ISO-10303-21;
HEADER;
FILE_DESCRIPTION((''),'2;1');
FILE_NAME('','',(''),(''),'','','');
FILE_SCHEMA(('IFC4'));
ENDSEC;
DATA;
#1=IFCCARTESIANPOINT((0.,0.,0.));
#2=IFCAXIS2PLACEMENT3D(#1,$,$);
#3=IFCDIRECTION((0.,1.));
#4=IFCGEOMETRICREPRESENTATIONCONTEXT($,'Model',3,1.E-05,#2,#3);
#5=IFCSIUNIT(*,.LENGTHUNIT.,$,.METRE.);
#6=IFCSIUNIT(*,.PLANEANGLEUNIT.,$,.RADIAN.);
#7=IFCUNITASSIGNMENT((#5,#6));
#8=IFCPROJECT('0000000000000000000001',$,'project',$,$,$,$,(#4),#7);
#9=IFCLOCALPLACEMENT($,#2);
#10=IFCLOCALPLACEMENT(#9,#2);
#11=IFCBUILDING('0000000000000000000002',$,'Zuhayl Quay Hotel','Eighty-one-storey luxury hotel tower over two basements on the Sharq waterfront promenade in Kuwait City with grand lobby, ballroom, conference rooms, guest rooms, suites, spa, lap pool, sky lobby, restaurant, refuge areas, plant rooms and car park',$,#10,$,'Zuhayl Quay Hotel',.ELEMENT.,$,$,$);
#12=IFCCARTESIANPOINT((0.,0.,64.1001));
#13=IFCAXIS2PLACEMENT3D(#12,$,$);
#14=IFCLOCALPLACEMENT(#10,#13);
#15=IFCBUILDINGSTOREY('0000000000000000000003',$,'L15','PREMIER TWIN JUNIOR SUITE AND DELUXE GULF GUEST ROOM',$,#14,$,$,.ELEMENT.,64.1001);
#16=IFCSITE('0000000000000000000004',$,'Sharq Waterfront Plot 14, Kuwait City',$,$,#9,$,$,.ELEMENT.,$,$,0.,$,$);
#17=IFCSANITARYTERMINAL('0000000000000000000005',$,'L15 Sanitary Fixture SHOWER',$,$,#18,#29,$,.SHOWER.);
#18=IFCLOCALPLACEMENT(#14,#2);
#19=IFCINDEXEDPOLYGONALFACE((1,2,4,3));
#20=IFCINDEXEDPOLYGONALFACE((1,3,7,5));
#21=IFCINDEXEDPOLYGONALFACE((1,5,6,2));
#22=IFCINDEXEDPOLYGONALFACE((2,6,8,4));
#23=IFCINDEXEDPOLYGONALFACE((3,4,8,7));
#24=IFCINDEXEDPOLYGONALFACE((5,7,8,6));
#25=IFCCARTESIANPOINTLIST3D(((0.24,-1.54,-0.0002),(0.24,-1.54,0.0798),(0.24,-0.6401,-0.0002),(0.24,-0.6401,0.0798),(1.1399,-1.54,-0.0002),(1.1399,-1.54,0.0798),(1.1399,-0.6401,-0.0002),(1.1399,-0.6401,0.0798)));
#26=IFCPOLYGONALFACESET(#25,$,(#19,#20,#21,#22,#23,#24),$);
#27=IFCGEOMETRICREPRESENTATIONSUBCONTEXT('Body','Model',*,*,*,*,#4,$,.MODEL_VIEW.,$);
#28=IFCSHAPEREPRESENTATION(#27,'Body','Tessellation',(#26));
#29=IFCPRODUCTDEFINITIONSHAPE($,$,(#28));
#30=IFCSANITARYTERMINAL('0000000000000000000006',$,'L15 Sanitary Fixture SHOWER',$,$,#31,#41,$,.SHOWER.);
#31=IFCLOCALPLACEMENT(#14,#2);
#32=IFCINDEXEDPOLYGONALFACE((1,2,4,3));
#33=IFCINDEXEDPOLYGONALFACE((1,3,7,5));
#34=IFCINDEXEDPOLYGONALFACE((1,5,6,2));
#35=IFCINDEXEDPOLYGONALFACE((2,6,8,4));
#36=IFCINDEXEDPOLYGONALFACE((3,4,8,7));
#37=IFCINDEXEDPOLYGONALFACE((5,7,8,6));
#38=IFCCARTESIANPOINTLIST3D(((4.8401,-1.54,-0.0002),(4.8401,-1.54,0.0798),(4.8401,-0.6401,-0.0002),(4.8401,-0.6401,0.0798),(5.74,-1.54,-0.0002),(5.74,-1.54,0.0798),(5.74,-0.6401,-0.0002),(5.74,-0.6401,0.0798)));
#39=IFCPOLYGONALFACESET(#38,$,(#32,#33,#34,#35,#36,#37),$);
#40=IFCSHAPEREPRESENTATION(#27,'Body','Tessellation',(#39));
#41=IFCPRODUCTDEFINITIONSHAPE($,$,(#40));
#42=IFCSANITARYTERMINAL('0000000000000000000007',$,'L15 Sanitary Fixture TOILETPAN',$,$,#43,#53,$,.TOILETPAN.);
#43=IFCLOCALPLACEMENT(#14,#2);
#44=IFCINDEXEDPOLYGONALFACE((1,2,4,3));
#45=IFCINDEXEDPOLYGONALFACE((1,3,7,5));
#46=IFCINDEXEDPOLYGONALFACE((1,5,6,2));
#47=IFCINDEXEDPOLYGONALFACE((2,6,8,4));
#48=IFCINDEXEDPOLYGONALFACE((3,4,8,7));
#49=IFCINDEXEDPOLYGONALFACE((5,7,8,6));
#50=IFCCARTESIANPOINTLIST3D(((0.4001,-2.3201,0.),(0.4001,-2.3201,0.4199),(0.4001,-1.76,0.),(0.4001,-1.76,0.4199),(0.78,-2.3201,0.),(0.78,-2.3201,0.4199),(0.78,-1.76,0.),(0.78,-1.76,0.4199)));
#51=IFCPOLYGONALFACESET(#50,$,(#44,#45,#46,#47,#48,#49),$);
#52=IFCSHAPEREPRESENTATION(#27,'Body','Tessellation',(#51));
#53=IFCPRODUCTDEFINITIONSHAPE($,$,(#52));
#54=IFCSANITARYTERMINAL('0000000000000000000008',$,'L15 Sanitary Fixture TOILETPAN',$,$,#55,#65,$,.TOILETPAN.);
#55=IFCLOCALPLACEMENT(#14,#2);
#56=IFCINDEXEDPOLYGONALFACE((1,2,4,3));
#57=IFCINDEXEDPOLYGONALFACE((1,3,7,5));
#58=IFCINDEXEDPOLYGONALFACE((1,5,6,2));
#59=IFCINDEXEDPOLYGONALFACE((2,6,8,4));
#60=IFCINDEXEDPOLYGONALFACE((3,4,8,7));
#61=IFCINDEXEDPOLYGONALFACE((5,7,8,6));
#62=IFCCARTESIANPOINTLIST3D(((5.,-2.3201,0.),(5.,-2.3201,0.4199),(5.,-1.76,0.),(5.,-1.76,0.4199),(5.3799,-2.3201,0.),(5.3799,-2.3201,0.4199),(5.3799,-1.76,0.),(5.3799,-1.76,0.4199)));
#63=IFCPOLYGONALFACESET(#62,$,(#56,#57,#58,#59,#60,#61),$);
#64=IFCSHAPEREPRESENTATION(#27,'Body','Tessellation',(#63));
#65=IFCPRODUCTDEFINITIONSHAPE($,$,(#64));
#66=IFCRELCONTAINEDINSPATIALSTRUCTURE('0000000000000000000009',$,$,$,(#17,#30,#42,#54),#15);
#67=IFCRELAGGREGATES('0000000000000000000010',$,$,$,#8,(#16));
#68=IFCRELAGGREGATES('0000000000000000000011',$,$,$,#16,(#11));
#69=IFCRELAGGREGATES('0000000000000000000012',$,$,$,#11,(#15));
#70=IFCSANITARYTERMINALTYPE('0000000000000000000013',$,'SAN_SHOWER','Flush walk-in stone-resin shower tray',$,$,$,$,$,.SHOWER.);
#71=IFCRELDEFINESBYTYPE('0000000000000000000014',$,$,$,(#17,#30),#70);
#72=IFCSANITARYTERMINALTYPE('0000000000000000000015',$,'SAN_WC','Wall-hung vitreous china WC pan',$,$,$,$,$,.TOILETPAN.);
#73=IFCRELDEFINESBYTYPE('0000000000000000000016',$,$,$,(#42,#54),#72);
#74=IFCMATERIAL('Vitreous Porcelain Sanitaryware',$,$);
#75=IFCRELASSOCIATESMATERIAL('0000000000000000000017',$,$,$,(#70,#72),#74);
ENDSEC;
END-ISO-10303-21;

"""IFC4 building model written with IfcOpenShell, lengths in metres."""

from ifc_helpers import new_model, si_unit, direction, frame, origin, origin_2d, place, context, subcontext, project, spatial, rectangle, extrude, material, type_object, element, save


model = new_model("IFC4")

# Units and contexts
model_context = context("Model", 3, precision=1e-05, world=origin(), true_north=direction((0.0, 1.0)))
body_context = subcontext(model_context, "Body", "Model", "MODEL_VIEW")
ifc_project = project(units=[si_unit("LENGTHUNIT", "METRE"), si_unit("PLANEANGLEUNIT", "RADIAN")], contexts=[model_context])

# Site, building, storey
site_placement = place(None, origin())
site = spatial("IfcSite", under=ifc_project, at=site_placement, Name="Sharq Waterfront Plot 14, Kuwait City", CompositionType="ELEMENT", RefElevation=0.0)
building_placement = place(site_placement, origin())
building = spatial("IfcBuilding", under=site, at=building_placement, Name="Zuhayl Quay Hotel", Description="Eighty-one-storey luxury hotel tower over two basements on the Sharq waterfront promenade in Kuwait City with grand lobby, ballroom, conference rooms, guest rooms, suites, spa, lap pool, sky lobby, restaurant, refuge areas, plant rooms and car park", LongName="Zuhayl Quay Hotel", CompositionType="ELEMENT")
storey_placement = place(building_placement, frame((0.0, 0.0, 64.1001)))
storey = spatial("IfcBuildingStorey", under=building, at=storey_placement, Name="L15", Description="PREMIER TWIN JUNIOR SUITE AND DELUXE GULF GUEST ROOM", CompositionType="ELEMENT", Elevation=64.1001)

# Sanitary terminals
ifc_material_1 = material(Name="Vitreous Porcelain Sanitaryware")
sanitary_terminal_type_1 = type_object("IfcSanitaryTerminalType", Name="SAN_SHOWER", Description="Flush walk-in stone-resin shower tray", PredefinedType="SHOWER", material=ifc_material_1)
for number, where, z_axis, x_axis, name in (
    (1, (0.6899, -1.0901, -0.0002), (0.0, 0.0, 1.0), (1.0, 0.0, 0.0), "L15 Sanitary Fixture SHOWER"),
    (2, (5.29, -1.0901, -0.0002), (0.0, 0.0, 1.0), (1.0, 0.0, 0.0), "L15 Sanitary Fixture SHOWER"),
):
    element("IfcSanitaryTerminal", number, at=place(storey_placement, frame(where, z_axis=z_axis, x_axis=x_axis)), inside=storey, type_object=sanitary_terminal_type_1, Name=name, PredefinedType="SHOWER", context=body_context, shape_type="SweptSolid", body=[
        extrude(rectangle(XDim=0.8999, YDim=0.8999, at=origin_2d()), origin(), (0.0, 0.0, 1.0), 0.0801),
    ])
sanitary_terminal_type_2 = type_object("IfcSanitaryTerminalType", Name="SAN_WC", Description="Wall-hung vitreous china WC pan", PredefinedType="TOILETPAN", material=ifc_material_1)
for number, where, z_axis, x_axis, name in (
    (3, (0.5901, -2.04, 0.0), (0.0, 0.0, 1.0), (1.0, 0.0, 0.0), "L15 Sanitary Fixture TOILETPAN"),
    (4, (5.1899, -2.04, 0.0), (0.0, 0.0, 1.0), (1.0, 0.0, 0.0), "L15 Sanitary Fixture TOILETPAN"),
):
    element("IfcSanitaryTerminal", number, at=place(storey_placement, frame(where, z_axis=z_axis, x_axis=x_axis)), inside=storey, type_object=sanitary_terminal_type_2, Name=name, PredefinedType="TOILETPAN", context=body_context, shape_type="SweptSolid", body=[
        extrude(rectangle(XDim=0.3799, YDim=0.5601, at=origin_2d()), origin(), (0.0, 0.0, 1.0), 0.4199),
    ])

save(model, "model.ifc")
